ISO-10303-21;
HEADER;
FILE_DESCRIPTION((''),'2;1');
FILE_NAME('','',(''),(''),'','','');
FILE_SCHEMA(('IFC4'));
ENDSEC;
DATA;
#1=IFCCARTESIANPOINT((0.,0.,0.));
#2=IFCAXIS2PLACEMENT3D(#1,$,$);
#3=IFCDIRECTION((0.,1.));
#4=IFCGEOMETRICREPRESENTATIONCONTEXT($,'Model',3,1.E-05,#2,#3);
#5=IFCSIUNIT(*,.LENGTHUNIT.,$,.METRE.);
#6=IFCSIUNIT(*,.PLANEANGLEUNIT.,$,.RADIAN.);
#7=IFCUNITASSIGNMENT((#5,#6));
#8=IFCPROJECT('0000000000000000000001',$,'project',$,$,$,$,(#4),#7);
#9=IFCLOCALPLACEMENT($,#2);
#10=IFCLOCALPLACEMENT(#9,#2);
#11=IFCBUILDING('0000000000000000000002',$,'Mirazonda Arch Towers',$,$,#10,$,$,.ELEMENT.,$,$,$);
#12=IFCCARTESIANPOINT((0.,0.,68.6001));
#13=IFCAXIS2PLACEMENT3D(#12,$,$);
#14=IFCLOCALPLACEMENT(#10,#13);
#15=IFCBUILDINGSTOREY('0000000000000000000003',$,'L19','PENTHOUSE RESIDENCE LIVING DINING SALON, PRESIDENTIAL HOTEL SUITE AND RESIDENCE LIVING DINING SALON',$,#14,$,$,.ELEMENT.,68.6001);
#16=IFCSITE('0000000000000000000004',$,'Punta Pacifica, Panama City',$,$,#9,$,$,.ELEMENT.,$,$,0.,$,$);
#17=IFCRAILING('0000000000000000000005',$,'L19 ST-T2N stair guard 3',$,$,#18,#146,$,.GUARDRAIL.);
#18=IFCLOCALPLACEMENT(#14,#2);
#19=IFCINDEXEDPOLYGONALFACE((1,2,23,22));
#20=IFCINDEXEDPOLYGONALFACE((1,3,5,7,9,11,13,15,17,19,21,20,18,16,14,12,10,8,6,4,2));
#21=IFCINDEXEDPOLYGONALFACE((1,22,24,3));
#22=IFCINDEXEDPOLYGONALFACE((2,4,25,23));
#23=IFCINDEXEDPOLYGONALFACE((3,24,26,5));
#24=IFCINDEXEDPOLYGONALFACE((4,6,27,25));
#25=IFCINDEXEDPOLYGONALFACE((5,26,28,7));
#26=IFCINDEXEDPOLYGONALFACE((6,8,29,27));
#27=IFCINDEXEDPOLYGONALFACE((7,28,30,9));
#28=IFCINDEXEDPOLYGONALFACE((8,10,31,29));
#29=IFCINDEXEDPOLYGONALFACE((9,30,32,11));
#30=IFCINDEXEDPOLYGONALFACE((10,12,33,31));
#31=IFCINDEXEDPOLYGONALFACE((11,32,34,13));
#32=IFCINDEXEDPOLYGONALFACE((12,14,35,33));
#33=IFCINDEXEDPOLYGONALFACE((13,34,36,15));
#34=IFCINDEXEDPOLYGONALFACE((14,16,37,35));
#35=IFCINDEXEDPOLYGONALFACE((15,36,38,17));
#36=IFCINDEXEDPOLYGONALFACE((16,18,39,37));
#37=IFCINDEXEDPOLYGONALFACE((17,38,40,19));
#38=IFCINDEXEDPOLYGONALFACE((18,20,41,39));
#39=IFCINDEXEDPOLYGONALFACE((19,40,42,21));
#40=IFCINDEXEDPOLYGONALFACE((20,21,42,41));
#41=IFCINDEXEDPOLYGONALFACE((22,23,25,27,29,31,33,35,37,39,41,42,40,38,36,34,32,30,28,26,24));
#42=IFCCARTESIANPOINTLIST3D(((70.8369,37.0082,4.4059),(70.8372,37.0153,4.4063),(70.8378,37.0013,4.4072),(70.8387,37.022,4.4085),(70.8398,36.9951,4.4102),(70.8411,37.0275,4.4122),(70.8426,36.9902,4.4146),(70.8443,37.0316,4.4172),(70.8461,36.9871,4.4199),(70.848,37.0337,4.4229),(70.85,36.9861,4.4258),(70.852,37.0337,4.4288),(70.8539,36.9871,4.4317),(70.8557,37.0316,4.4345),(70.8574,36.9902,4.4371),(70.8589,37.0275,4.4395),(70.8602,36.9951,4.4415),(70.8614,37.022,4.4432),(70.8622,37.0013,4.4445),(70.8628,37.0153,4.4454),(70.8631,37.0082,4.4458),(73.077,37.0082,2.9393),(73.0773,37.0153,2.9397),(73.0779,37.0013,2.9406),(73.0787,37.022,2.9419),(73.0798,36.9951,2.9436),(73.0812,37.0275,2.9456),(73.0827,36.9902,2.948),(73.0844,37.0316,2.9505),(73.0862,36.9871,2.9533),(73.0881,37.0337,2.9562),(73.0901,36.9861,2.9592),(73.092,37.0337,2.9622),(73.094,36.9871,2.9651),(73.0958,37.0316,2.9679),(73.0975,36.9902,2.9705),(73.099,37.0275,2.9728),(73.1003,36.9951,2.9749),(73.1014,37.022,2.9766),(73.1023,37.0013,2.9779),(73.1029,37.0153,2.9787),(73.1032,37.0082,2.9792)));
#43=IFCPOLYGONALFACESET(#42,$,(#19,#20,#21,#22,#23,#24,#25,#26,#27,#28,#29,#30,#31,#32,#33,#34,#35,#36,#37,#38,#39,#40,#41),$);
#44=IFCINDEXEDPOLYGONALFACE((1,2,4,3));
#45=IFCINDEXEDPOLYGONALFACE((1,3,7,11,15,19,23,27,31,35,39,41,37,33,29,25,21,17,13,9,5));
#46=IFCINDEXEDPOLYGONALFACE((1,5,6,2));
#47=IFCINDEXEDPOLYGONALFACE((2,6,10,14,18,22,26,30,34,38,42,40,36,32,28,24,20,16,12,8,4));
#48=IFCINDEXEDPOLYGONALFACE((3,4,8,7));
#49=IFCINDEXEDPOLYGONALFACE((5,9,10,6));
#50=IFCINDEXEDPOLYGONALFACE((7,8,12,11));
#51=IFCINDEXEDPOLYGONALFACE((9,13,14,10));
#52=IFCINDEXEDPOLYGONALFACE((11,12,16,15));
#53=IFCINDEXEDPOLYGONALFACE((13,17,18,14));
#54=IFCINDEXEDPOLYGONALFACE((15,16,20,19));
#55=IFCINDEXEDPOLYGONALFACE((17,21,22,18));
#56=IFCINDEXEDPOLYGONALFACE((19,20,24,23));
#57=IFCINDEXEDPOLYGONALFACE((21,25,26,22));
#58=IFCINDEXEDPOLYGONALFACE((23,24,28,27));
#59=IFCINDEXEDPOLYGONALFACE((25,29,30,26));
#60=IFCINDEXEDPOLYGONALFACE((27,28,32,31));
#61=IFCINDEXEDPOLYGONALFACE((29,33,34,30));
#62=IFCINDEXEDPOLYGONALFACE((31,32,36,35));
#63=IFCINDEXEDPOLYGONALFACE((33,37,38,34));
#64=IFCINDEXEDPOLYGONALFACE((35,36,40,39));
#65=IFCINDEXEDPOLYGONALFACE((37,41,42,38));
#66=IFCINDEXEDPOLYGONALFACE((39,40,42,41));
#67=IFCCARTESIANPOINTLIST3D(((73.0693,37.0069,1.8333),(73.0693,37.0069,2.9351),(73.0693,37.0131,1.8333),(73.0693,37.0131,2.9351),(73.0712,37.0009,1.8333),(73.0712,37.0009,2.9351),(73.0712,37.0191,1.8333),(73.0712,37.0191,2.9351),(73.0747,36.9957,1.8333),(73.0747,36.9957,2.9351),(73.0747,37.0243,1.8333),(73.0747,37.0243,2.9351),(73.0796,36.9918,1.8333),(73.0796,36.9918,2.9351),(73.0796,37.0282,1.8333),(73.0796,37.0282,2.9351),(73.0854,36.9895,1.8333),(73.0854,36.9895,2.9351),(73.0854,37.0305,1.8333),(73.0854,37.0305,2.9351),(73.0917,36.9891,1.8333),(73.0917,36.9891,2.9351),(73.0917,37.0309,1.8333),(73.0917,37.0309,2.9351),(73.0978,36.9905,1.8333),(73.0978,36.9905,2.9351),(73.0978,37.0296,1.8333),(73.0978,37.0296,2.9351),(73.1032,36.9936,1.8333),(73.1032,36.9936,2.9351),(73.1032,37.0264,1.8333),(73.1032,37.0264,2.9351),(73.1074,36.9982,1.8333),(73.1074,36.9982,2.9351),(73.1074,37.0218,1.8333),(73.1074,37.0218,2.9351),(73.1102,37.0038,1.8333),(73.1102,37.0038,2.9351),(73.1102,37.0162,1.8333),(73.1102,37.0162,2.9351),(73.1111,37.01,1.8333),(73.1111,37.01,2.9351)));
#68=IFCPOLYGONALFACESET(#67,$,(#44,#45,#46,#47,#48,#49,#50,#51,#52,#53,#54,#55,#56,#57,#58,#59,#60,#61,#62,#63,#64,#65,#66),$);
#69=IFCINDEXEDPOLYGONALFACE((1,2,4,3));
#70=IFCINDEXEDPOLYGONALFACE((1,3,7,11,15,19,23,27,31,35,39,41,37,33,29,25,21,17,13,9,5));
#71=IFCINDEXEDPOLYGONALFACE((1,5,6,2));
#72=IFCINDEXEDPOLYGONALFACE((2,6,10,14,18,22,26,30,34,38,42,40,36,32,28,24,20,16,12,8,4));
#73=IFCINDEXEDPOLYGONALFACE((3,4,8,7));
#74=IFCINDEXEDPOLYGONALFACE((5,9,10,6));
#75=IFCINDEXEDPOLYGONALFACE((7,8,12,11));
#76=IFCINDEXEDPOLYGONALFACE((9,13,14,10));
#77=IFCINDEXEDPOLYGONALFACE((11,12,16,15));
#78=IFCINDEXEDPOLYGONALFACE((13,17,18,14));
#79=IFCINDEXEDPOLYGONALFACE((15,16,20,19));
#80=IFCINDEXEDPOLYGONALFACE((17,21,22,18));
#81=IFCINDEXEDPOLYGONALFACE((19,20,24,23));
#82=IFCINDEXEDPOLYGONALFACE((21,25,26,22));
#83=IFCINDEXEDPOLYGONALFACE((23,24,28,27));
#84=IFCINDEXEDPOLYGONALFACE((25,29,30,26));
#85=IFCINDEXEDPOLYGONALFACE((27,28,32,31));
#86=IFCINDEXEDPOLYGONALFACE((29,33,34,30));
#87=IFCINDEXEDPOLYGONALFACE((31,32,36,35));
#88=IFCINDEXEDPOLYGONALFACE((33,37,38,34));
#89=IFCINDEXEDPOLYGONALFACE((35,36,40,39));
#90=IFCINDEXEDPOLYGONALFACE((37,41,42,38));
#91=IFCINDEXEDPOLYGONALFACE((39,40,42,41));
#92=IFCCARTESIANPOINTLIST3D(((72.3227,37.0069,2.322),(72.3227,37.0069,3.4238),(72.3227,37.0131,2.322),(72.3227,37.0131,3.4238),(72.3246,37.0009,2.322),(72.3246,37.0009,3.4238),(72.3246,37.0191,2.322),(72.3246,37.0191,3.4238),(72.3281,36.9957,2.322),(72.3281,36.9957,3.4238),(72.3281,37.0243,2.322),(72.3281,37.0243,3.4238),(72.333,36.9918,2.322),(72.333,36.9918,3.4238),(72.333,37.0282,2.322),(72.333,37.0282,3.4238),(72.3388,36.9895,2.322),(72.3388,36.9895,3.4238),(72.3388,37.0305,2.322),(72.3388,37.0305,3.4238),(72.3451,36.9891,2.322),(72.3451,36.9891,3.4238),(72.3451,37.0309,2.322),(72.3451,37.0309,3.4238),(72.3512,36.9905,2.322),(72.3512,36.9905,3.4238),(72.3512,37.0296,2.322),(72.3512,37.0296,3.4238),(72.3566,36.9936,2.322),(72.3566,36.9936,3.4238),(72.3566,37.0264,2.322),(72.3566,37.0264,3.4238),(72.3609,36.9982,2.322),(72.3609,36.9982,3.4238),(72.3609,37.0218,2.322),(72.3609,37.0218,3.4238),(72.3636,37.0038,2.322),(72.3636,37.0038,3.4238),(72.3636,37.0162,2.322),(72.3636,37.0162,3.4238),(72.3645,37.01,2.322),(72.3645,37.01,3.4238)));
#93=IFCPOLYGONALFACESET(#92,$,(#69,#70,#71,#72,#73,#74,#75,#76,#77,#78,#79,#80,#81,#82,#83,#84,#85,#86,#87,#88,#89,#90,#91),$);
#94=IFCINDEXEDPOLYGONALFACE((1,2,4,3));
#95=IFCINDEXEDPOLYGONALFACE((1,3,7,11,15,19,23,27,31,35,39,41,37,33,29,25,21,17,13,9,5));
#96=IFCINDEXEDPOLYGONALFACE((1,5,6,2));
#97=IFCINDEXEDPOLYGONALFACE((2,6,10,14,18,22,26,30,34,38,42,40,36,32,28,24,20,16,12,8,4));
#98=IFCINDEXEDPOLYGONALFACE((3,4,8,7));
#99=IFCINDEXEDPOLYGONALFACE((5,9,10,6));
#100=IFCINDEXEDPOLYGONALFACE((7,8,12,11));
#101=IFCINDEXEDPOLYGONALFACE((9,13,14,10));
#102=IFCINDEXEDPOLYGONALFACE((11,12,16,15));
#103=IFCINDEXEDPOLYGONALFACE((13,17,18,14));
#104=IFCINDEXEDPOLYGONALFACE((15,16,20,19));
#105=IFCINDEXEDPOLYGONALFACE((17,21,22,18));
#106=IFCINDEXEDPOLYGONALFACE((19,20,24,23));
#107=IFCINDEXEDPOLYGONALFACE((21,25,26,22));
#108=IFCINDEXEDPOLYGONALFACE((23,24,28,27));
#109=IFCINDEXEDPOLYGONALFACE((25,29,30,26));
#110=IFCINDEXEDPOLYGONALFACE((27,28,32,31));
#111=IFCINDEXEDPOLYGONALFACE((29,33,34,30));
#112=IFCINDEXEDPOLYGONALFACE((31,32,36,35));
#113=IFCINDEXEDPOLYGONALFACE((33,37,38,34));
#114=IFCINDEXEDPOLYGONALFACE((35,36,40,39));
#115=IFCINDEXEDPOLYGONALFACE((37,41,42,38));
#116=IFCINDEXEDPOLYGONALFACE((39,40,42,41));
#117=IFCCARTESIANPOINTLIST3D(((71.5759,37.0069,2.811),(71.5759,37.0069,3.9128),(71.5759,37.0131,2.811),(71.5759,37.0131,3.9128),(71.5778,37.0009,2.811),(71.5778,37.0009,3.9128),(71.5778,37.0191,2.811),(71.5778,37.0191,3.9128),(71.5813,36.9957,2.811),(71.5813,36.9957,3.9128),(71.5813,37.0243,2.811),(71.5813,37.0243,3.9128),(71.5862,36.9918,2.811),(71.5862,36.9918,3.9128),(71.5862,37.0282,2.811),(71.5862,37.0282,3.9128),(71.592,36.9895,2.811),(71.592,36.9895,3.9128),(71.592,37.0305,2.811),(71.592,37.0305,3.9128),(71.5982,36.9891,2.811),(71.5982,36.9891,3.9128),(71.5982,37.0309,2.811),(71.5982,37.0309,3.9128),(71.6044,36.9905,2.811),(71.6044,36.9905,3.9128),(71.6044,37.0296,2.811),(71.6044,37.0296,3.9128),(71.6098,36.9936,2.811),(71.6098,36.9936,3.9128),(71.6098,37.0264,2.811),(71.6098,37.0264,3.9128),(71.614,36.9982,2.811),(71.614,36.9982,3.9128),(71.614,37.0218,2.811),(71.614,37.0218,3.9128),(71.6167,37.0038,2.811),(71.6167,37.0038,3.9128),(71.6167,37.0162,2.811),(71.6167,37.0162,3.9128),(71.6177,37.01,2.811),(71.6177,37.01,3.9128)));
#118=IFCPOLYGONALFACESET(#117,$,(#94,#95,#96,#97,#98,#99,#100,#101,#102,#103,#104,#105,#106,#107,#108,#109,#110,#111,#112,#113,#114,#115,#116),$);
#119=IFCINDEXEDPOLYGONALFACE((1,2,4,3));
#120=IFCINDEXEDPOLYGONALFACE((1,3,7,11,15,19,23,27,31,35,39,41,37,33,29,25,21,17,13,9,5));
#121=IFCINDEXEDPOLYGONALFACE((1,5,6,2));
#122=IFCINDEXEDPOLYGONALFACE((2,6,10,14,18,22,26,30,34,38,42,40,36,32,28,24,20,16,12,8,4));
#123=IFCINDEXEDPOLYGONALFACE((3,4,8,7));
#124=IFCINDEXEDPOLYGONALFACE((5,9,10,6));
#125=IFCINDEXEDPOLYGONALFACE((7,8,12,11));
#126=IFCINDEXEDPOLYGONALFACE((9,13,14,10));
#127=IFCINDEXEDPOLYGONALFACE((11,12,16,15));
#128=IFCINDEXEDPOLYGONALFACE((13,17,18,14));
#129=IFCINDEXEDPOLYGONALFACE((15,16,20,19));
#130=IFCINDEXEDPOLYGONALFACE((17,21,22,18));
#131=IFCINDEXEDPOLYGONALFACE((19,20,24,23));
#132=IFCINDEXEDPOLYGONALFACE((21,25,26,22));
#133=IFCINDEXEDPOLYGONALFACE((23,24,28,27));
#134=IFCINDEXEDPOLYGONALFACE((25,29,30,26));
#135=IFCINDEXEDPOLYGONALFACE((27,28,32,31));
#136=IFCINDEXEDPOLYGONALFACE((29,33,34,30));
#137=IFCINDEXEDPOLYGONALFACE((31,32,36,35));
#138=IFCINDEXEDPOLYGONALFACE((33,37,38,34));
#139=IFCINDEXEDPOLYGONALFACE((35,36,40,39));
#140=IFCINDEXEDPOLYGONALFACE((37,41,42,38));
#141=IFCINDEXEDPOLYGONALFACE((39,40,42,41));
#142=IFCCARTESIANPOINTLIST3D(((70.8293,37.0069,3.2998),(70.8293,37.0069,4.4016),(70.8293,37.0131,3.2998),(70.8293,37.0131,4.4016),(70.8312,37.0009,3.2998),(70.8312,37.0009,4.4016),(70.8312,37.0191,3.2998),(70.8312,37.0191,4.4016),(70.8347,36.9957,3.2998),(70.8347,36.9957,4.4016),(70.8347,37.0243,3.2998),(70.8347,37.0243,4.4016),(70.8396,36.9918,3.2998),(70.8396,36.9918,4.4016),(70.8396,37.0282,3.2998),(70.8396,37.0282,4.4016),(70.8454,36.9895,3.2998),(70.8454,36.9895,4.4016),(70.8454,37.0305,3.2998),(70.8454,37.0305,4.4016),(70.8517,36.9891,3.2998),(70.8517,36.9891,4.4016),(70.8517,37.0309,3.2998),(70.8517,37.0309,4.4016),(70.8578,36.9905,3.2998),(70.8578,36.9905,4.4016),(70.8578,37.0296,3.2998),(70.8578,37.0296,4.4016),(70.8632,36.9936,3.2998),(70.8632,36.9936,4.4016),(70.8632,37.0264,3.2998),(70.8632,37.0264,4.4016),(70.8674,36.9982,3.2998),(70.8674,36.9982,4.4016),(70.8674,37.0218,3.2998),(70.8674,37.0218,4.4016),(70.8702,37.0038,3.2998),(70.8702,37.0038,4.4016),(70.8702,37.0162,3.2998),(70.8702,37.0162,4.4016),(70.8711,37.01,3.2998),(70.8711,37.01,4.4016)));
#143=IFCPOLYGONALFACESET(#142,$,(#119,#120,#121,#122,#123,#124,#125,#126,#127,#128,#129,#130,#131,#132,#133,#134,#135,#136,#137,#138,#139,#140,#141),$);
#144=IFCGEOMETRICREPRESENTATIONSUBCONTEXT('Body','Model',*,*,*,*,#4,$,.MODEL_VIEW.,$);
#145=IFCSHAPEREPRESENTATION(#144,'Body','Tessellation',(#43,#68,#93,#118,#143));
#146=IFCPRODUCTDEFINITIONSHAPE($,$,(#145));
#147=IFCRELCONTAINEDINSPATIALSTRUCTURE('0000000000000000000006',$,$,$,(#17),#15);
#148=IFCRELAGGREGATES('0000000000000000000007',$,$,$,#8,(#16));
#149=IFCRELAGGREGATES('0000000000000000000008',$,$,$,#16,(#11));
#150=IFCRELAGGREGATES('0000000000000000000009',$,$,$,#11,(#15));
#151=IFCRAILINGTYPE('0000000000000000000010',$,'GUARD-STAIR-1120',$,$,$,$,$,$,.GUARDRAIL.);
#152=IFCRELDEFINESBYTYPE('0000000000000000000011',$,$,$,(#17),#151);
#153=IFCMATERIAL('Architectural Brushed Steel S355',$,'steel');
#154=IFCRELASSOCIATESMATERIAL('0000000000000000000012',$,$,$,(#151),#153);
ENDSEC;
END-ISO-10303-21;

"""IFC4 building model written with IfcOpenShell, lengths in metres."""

from ifc_helpers import new_model, si_unit, direction, frame, origin, origin_2d, place, context, subcontext, project, spatial, circle, extrude, material, type_object, element, save


model = new_model("IFC4")

# Units and contexts
model_context = context("Model", 3, precision=1e-05, world=origin(), true_north=direction((0.0, 1.0)))
body_context = subcontext(model_context, "Body", "Model", "MODEL_VIEW")
ifc_project = project(units=[si_unit("LENGTHUNIT", "METRE"), si_unit("PLANEANGLEUNIT", "RADIAN")], contexts=[model_context])

# Site, building, storey
site_placement = place(None, origin())
site = spatial("IfcSite", under=ifc_project, at=site_placement, Name="Punta Pacifica, Panama City", CompositionType="ELEMENT", RefElevation=0.0)
building_placement = place(site_placement, origin())
building = spatial("IfcBuilding", under=site, at=building_placement, Name="Mirazonda Arch Towers", CompositionType="ELEMENT")
storey_placement = place(building_placement, frame((0.0, 0.0, 68.6001)))
storey = spatial("IfcBuildingStorey", under=building, at=storey_placement, Name="L19", Description="PENTHOUSE RESIDENCE LIVING DINING SALON, PRESIDENTIAL HOTEL SUITE AND RESIDENCE LIVING DINING SALON", CompositionType="ELEMENT", Elevation=68.6001)

# Railing
ifc_material_1 = material(Name="Architectural Brushed Steel S355", Category="steel")
railing_type_1 = type_object("IfcRailingType", Name="GUARD-STAIR-1120", PredefinedType="GUARDRAIL", material=ifc_material_1)
railing_1_placement = place(storey_placement, frame((73.0901, 37.01, 1.8333)))
element("IfcRailing", 1, at=railing_1_placement, inside=storey, type_object=railing_type_1, Name="L19 ST-T2N stair guard 3", PredefinedType="GUARDRAIL", context=body_context, shape_type="SweptSolid", body=[
    extrude(circle(Radius=0.0239, at=origin_2d()), frame((0.0, 0.0, 1.126), z_axis=(-0.836637, 0.0, 0.547758), x_axis=(0.0, -1.0, 0.0)), (0.0, 0.0, 1.0), 2.6775),
    extrude(circle(Radius=0.021, at=origin_2d()), origin(), (0.0, 0.0, 1.0), 1.1018),
    extrude(circle(Radius=0.021, at=origin_2d()), frame((-0.7466, 0.0, 0.4888)), (0.0, 0.0, 1.0), 1.1018),
    extrude(circle(Radius=0.021, at=origin_2d()), frame((-1.4934, 0.0, 0.9778)), (0.0, 0.0, 1.0), 1.1018),
    extrude(circle(Radius=0.021, at=origin_2d()), frame((-2.24, 0.0, 1.4666)), (0.0, 0.0, 1.0), 1.1018),
])

save(model, "model.ifc")
